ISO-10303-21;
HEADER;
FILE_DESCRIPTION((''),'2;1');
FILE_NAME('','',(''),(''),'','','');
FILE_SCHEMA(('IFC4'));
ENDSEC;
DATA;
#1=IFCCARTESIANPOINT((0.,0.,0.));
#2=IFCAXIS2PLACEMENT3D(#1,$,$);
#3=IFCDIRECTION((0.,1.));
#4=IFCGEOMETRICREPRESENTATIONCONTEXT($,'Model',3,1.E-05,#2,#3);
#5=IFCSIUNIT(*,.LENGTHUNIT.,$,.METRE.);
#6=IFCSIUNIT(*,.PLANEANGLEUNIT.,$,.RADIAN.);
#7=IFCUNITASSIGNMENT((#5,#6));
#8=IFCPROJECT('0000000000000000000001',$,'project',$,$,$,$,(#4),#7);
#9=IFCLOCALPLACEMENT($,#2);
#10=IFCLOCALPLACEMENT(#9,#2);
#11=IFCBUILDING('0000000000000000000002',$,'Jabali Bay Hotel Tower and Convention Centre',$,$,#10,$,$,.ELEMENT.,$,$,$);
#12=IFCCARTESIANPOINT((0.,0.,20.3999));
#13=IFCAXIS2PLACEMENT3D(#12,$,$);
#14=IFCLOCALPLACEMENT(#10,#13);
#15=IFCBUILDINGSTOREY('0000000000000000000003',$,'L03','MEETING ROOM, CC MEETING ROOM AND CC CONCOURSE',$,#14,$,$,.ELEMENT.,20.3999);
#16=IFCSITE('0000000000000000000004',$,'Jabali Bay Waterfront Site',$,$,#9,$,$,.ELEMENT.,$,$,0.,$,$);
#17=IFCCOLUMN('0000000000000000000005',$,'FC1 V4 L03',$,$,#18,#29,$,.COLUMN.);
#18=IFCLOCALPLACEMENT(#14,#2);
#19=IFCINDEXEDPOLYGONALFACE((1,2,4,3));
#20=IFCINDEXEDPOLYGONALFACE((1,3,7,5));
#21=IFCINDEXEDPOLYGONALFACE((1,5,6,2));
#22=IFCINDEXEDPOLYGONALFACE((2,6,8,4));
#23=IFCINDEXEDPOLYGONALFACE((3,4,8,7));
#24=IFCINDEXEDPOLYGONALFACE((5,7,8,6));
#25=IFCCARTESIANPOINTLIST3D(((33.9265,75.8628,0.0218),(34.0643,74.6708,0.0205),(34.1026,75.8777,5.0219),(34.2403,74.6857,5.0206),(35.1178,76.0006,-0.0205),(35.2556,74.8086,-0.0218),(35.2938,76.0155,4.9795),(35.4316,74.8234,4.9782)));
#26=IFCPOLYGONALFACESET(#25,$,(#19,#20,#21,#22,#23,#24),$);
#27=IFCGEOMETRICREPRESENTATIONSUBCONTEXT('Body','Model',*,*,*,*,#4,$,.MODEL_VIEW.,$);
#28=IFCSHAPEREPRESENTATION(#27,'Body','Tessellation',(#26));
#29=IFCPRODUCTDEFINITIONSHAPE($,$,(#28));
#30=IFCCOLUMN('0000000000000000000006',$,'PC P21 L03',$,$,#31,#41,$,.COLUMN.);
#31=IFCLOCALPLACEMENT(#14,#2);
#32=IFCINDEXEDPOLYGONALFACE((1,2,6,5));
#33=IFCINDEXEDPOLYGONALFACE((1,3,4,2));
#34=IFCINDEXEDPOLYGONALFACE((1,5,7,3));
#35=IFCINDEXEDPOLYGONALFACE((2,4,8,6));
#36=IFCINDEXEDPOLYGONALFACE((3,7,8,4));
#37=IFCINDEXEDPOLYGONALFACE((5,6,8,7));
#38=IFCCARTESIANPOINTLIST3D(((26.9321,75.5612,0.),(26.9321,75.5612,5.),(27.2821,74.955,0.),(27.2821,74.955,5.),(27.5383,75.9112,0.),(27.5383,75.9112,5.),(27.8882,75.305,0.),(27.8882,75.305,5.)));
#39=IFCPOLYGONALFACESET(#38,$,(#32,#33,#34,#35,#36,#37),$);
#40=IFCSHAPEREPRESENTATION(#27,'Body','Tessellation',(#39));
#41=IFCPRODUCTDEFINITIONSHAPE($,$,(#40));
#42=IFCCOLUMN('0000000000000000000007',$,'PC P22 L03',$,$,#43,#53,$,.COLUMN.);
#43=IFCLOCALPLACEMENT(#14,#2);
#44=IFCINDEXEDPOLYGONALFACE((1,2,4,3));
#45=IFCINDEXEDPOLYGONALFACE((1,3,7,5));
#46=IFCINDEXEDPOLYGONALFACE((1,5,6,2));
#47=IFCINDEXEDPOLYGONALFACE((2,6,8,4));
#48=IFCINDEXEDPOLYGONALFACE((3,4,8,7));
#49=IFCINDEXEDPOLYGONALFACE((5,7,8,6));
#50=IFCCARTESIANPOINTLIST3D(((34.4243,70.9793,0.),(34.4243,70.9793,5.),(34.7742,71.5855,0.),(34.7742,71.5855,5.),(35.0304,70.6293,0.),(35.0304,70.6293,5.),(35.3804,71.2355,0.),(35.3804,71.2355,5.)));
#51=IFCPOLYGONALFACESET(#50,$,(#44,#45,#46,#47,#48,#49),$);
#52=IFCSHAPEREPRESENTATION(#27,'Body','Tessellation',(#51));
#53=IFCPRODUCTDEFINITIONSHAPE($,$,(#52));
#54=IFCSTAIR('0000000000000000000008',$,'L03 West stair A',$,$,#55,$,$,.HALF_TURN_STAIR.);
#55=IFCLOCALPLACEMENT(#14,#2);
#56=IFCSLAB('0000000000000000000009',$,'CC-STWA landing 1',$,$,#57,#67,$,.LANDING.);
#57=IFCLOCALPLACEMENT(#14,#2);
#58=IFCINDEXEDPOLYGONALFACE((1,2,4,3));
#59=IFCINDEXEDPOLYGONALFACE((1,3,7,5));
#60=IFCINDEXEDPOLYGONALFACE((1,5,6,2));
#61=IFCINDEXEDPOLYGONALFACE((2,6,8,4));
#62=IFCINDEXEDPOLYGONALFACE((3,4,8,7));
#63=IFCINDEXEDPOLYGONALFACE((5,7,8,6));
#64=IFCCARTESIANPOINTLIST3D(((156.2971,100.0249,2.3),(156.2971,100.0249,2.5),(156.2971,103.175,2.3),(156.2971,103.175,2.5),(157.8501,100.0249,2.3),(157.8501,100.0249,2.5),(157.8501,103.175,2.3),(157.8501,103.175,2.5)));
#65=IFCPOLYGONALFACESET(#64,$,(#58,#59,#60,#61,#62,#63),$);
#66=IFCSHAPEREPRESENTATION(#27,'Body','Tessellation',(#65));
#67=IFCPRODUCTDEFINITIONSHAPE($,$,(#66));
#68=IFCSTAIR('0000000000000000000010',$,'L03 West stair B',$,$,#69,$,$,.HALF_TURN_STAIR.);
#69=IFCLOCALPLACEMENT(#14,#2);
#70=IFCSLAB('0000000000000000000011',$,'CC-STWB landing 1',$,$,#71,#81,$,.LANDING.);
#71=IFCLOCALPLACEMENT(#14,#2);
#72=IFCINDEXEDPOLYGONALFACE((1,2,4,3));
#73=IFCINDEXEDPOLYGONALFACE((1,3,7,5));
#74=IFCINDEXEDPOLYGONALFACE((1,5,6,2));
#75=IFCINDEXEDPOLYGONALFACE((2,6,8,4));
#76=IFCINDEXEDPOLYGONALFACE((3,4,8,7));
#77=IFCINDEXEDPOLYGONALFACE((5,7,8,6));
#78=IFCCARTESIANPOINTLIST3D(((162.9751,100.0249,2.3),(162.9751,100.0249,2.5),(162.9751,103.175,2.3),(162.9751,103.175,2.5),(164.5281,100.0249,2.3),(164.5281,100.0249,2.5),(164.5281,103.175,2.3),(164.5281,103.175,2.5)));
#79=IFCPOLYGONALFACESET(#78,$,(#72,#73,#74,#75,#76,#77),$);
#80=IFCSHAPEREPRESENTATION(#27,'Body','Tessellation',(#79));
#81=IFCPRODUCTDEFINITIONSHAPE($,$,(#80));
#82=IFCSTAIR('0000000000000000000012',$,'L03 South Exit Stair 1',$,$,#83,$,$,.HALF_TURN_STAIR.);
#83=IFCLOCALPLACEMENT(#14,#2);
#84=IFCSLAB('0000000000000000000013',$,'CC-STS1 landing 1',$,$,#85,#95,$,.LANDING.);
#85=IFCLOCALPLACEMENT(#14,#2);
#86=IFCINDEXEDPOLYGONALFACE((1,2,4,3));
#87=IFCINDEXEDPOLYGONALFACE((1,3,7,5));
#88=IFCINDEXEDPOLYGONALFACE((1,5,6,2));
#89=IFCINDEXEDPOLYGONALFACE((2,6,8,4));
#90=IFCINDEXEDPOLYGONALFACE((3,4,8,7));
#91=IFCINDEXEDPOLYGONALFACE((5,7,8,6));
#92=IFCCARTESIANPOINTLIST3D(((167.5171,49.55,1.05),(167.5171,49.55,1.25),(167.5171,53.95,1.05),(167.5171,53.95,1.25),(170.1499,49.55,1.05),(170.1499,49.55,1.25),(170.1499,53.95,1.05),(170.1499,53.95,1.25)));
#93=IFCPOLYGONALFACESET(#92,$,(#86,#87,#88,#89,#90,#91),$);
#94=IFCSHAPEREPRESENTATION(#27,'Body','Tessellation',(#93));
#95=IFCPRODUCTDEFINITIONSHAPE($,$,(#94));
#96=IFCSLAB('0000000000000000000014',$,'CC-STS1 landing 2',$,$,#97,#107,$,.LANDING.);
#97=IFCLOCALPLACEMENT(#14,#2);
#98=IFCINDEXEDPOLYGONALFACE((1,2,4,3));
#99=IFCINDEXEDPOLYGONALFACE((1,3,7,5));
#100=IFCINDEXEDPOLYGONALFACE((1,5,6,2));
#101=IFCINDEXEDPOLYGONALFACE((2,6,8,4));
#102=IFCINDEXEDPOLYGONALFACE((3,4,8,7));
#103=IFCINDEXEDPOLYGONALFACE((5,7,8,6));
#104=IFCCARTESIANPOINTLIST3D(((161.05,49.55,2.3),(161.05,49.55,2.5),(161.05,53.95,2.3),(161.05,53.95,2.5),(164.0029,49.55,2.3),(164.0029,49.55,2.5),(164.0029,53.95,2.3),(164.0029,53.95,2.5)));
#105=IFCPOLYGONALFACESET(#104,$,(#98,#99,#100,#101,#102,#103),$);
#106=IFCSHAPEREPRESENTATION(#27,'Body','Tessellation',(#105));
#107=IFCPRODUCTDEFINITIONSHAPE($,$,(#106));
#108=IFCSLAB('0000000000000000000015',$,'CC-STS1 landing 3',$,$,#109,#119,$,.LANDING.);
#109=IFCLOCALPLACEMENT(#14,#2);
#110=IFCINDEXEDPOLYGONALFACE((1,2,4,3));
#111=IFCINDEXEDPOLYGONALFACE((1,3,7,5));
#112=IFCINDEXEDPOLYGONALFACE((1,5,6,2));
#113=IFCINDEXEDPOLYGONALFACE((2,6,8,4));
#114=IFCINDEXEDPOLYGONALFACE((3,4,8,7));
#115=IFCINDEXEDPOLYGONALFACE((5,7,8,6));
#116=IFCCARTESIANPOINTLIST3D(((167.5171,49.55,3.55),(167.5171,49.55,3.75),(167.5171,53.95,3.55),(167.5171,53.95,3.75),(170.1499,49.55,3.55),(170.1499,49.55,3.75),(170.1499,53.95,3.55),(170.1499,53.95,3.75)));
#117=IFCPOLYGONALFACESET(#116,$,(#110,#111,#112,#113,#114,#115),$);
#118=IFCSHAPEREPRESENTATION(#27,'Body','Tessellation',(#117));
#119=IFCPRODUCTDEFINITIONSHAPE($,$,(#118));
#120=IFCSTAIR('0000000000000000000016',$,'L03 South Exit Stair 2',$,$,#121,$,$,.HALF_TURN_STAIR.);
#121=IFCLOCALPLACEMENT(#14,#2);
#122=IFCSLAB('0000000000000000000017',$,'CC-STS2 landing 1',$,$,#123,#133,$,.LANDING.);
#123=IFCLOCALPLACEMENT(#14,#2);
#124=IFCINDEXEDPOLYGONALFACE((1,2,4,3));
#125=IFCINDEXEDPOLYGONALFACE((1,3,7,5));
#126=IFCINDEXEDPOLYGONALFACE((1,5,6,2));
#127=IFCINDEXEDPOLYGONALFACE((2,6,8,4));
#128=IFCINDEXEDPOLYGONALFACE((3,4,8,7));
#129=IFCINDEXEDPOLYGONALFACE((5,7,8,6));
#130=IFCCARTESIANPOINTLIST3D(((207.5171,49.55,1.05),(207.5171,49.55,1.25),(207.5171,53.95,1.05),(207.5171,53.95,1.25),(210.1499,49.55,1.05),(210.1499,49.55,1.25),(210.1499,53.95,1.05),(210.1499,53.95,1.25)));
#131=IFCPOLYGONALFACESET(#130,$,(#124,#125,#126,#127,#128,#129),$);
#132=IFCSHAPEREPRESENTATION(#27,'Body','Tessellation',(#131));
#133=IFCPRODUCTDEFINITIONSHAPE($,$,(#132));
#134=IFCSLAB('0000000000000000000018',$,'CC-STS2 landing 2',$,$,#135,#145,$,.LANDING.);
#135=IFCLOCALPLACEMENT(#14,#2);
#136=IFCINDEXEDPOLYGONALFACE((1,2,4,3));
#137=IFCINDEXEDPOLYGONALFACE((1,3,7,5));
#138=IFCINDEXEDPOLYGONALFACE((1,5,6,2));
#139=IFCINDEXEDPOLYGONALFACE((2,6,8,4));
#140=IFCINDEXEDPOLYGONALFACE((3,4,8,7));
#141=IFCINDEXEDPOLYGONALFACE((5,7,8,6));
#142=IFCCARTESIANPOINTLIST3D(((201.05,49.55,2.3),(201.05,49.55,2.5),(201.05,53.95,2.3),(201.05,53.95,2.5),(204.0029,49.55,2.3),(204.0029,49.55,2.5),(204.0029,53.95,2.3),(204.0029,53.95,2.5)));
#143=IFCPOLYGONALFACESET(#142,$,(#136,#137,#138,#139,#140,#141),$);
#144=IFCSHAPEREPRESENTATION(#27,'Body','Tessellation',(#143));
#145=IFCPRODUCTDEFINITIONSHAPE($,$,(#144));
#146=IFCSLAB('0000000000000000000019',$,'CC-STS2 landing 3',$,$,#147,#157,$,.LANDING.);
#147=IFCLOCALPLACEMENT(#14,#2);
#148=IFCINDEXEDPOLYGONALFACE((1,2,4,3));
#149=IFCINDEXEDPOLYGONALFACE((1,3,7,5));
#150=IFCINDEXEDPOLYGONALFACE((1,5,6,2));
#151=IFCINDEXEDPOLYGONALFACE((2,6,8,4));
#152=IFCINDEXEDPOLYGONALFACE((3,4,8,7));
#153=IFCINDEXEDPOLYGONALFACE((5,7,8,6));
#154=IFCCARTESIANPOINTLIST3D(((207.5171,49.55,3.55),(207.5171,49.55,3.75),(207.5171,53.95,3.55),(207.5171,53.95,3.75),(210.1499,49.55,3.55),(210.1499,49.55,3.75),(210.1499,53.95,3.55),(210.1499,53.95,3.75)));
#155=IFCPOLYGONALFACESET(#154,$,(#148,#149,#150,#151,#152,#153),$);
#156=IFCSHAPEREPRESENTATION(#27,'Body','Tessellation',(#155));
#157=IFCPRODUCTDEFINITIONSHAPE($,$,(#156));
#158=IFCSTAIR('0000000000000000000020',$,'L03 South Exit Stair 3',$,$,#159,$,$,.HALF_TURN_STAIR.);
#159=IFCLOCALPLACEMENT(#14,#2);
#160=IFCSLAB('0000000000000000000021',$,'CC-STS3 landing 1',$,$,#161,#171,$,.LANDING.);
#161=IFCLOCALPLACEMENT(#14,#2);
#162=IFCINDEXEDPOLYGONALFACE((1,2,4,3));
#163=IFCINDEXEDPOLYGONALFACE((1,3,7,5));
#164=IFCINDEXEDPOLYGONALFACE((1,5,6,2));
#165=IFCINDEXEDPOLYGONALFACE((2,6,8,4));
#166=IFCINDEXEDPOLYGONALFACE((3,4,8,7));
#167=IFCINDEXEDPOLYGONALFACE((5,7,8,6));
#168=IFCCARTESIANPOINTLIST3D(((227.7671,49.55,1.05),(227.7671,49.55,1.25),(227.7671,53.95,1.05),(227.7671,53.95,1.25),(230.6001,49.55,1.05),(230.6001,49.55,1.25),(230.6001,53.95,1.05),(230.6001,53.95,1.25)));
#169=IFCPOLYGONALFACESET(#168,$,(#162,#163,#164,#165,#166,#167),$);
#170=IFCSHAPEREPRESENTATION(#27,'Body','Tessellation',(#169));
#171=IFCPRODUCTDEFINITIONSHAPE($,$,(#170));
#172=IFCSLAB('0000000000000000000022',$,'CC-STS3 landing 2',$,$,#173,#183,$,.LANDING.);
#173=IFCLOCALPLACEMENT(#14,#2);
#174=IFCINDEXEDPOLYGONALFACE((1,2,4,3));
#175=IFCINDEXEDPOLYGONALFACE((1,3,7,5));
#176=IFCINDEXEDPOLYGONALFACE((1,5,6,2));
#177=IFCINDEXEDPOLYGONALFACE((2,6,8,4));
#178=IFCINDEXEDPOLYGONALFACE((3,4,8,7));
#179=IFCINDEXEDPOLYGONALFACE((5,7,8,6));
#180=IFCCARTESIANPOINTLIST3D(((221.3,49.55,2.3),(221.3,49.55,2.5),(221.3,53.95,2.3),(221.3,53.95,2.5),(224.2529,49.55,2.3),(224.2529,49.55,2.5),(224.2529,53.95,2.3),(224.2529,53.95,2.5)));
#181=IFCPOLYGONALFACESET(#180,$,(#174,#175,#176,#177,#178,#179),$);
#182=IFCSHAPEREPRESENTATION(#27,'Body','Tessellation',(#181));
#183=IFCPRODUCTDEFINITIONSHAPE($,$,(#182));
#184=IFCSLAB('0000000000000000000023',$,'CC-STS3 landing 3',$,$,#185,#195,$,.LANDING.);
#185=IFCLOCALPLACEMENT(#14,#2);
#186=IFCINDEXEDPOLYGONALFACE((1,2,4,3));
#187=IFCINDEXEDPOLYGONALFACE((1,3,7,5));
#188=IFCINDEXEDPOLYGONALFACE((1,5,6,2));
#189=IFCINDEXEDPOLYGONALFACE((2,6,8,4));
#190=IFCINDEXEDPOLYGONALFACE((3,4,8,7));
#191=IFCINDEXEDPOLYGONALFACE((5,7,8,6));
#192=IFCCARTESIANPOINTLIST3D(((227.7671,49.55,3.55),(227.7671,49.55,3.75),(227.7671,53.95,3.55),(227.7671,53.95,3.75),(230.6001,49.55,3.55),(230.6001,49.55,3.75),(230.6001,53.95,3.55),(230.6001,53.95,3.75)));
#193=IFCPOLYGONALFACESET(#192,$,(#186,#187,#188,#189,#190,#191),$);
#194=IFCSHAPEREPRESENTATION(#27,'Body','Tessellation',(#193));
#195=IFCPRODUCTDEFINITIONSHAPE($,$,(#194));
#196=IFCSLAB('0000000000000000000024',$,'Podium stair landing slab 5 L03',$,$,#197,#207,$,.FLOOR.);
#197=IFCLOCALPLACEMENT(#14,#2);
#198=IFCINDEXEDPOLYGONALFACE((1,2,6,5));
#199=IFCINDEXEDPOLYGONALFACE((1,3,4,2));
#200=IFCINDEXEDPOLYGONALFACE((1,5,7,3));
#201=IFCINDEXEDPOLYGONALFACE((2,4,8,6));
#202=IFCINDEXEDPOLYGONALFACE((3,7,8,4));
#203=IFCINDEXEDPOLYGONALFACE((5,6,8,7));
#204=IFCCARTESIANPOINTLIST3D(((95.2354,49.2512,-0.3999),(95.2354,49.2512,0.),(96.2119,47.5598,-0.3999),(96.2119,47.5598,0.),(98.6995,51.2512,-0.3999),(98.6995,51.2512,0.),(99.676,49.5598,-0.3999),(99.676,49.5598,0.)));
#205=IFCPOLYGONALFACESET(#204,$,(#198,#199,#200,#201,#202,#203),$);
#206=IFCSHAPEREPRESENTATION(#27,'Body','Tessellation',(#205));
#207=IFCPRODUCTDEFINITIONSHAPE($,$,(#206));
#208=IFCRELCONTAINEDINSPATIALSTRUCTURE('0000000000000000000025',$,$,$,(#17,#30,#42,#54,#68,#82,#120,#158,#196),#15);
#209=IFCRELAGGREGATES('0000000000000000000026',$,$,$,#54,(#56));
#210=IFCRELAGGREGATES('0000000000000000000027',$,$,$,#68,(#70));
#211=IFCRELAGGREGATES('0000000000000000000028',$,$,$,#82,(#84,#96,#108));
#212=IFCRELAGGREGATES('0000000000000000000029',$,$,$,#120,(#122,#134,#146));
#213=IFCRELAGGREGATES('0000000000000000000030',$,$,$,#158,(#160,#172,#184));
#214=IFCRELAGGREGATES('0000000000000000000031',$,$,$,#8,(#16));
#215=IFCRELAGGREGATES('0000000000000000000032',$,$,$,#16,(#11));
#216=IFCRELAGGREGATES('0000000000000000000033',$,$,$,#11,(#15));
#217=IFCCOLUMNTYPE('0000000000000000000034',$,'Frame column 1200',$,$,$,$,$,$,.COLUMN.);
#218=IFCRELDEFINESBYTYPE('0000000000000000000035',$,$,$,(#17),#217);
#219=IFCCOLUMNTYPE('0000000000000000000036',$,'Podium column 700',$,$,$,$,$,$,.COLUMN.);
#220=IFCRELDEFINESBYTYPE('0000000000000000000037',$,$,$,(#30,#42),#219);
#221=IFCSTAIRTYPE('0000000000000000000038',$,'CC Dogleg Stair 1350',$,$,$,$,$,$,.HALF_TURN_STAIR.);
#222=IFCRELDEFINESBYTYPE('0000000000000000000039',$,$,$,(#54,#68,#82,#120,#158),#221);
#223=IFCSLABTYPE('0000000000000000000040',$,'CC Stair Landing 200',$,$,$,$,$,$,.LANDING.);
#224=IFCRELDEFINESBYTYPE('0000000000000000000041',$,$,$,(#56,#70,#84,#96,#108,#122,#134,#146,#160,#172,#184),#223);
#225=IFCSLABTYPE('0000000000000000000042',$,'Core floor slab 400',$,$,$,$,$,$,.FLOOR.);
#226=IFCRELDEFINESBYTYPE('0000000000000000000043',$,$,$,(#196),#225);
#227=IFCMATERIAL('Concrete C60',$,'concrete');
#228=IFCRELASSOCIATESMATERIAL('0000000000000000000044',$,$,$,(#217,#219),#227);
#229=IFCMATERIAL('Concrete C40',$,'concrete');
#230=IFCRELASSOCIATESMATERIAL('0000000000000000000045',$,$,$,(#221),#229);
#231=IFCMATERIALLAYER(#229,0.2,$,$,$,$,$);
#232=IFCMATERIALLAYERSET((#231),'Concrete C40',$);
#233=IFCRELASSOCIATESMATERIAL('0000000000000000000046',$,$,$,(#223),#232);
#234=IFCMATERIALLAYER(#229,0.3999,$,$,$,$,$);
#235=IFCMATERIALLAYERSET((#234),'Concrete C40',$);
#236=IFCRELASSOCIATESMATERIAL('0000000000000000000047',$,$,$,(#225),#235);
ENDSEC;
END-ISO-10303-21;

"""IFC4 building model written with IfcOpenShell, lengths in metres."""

from ifc_helpers import new_model, si_unit, direction, frame, origin, origin_2d, place, context, subcontext, project, spatial, polyline, rectangle, outline, extrude, material, layer, layer_set, material_profile, profile_set, type_object, element, aggregate, save


model = new_model("IFC4")

# Units and contexts
model_context = context("Model", 3, precision=1e-05, world=origin(), true_north=direction((0.0, 1.0)))
body_context = subcontext(model_context, "Body", "Model", "MODEL_VIEW")
ifc_project = project(units=[si_unit("LENGTHUNIT", "METRE"), si_unit("PLANEANGLEUNIT", "RADIAN")], contexts=[model_context])

# Site, building, storey
site_placement = place(None, origin())
site = spatial("IfcSite", under=ifc_project, at=site_placement, Name="Jabali Bay Waterfront Site", CompositionType="ELEMENT", RefElevation=0.0)
building_placement = place(site_placement, origin())
building = spatial("IfcBuilding", under=site, at=building_placement, Name="Jabali Bay Hotel Tower and Convention Centre", CompositionType="ELEMENT")
storey_placement = place(building_placement, frame((0.0, 0.0, 20.3999)))
storey = spatial("IfcBuildingStorey", under=building, at=storey_placement, Name="L03", Description="MEETING ROOM, CC MEETING ROOM AND CC CONCOURSE", CompositionType="ELEMENT", Elevation=20.3999)

# Columns
ifc_material_1 = material(Name="Concrete C60", Category="concrete")
ifc_material_profile_1 = material_profile(ifc_material_1, rectangle(XDim=1.2, YDim=1.2, at=origin_2d()), Name="Frame column 1200")
ifc_profile_set_1 = profile_set([ifc_material_profile_1], Name="Concrete C60")
column_type_1 = type_object("IfcColumnType", Name="Frame column 1200", PredefinedType="COLUMN", material=ifc_profile_set_1)
column_placement = place(storey_placement, frame((34.5911, 75.3357, 0.0), z_axis=(0.035183, 0.002977, 0.999376), x_axis=(-0.114822, 0.993386, 0.001083)))
element("IfcColumn", 1, at=column_placement, inside=storey, type_object=column_type_1, Name="FC1 V4 L03", PredefinedType="COLUMN", context=body_context, shape_type="SweptSolid", body=[
    extrude(rectangle(XDim=1.2, YDim=1.2, at=origin_2d()), origin(), (0.0, 0.0, 1.0), 5.0032),
])
ifc_material_profile_2 = material_profile(ifc_material_1, rectangle(XDim=0.7, YDim=0.7, at=origin_2d()), Name="Podium column 700")
ifc_profile_set_2 = profile_set([ifc_material_profile_2], Name="Concrete C60")
column_type_2 = type_object("IfcColumnType", Name="Podium column 700", PredefinedType="COLUMN", material=ifc_profile_set_2)
for number, where, z_axis, x_axis, name in (
    (2, (27.4102, 75.4331, 0.0), (0.0, 0.0, 1.0), (0.866025, 0.5, 0.0), "PC P21 L03"),
    (3, (34.9023, 71.1074, 0.0), (0.0, 0.0, 1.0), (0.5, 0.866025, 0.0), "PC P22 L03"),
):
    element("IfcColumn", number, at=place(storey_placement, frame(where, z_axis=z_axis, x_axis=x_axis)), inside=storey, type_object=column_type_2, Name=name, PredefinedType="COLUMN", context=body_context, shape_type="SweptSolid", body=[
        extrude(rectangle(XDim=0.7, YDim=0.7, at=origin_2d()), origin(), (0.0, 0.0, 1.0), 5.0),
    ])

# Shared definitions
ifc_material_2 = material(Name="Concrete C40", Category="concrete")

# Stairs, slabs
stair_type_1 = type_object("IfcStairType", Name="CC Dogleg Stair 1350", PredefinedType="HALF_TURN_STAIR", material=ifc_material_2)
stair_1_placement = place(storey_placement, origin())
stair_1 = element("IfcStair", 4, at=stair_1_placement, inside=storey, type_object=stair_type_1, Name="L03 West stair A", PredefinedType="HALF_TURN_STAIR")
ifc_layer_1 = layer(ifc_material_2, 0.2)
ifc_layer_set_1 = layer_set([ifc_layer_1], Name="Concrete C40")
slab_type_1 = type_object("IfcSlabType", Name="CC Stair Landing 200", PredefinedType="LANDING", material=ifc_layer_set_1)
slab_1_placement = place(storey_placement, frame((0.0, 0.0, 2.3)))
slab_1 = element("IfcSlab", 5, at=slab_1_placement, type_object=slab_type_1, Name="CC-STWA landing 1", PredefinedType="LANDING", context=body_context, shape_type="SweptSolid", body=[
    extrude(outline(polyline([(156.2971, 100.0249), (157.8501, 100.0249), (157.8501, 103.175), (156.2971, 103.175), (156.2971, 100.0249)])), origin(), (0.0, 0.0, 1.0), 0.2),
])
aggregate(stair_1, [slab_1])
stair_2_placement = place(storey_placement, origin())
stair_2 = element("IfcStair", 6, at=stair_2_placement, inside=storey, type_object=stair_type_1, Name="L03 West stair B", PredefinedType="HALF_TURN_STAIR")
slab_2_placement = place(storey_placement, frame((0.0, 0.0, 2.3)))
slab_2 = element("IfcSlab", 7, at=slab_2_placement, type_object=slab_type_1, Name="CC-STWB landing 1", PredefinedType="LANDING", context=body_context, shape_type="SweptSolid", body=[
    extrude(outline(polyline([(162.9751, 100.0249), (164.5281, 100.0249), (164.5281, 103.175), (162.9751, 103.175), (162.9751, 100.0249)])), origin(), (0.0, 0.0, 1.0), 0.2),
])
aggregate(stair_2, [slab_2])

# Stairs, slabs
stair_3_placement = place(storey_placement, origin())
stair_3 = element("IfcStair", 8, at=stair_3_placement, inside=storey, type_object=stair_type_1, Name="L03 South Exit Stair 1", PredefinedType="HALF_TURN_STAIR")
slab_3_placement = place(storey_placement, frame((0.0, 0.0, 1.05)))
slab_3 = element("IfcSlab", 9, at=slab_3_placement, type_object=slab_type_1, Name="CC-STS1 landing 1", PredefinedType="LANDING", context=body_context, shape_type="SweptSolid", body=[
    extrude(outline(polyline([(167.5171, 49.55), (170.1499, 49.55), (170.1499, 53.95), (167.5171, 53.95), (167.5171, 49.55)])), origin(), (0.0, 0.0, 1.0), 0.2),
])
slab_4_placement = place(storey_placement, frame((0.0, 0.0, 2.3)))
slab_4 = element("IfcSlab", 10, at=slab_4_placement, type_object=slab_type_1, Name="CC-STS1 landing 2", PredefinedType="LANDING", context=body_context, shape_type="SweptSolid", body=[
    extrude(outline(polyline([(161.05, 49.55), (164.0029, 49.55), (164.0029, 53.95), (161.05, 53.95), (161.05, 49.55)])), origin(), (0.0, 0.0, 1.0), 0.2),
])
slab_5_placement = place(storey_placement, frame((0.0, 0.0, 3.55)))
slab_5 = element("IfcSlab", 11, at=slab_5_placement, type_object=slab_type_1, Name="CC-STS1 landing 3", PredefinedType="LANDING", context=body_context, shape_type="SweptSolid", body=[
    extrude(outline(polyline([(167.5171, 49.55), (170.1499, 49.55), (170.1499, 53.95), (167.5171, 53.95), (167.5171, 49.55)])), origin(), (0.0, 0.0, 1.0), 0.2),
])
aggregate(stair_3, [slab_3, slab_4, slab_5])
stair_4_placement = place(storey_placement, origin())
stair_4 = element("IfcStair", 12, at=stair_4_placement, inside=storey, type_object=stair_type_1, Name="L03 South Exit Stair 2", PredefinedType="HALF_TURN_STAIR")
slab_6_placement = place(storey_placement, frame((0.0, 0.0, 1.05)))
slab_6 = element("IfcSlab", 13, at=slab_6_placement, type_object=slab_type_1, Name="CC-STS2 landing 1", PredefinedType="LANDING", context=body_context, shape_type="SweptSolid", body=[
    extrude(outline(polyline([(207.5171, 49.55), (210.1499, 49.55), (210.1499, 53.95), (207.5171, 53.95), (207.5171, 49.55)])), origin(), (0.0, 0.0, 1.0), 0.2),
])
slab_7_placement = place(storey_placement, frame((0.0, 0.0, 2.3)))
slab_7 = element("IfcSlab", 14, at=slab_7_placement, type_object=slab_type_1, Name="CC-STS2 landing 2", PredefinedType="LANDING", context=body_context, shape_type="SweptSolid", body=[
    extrude(outline(polyline([(201.05, 49.55), (204.0029, 49.55), (204.0029, 53.95), (201.05, 53.95), (201.05, 49.55)])), origin(), (0.0, 0.0, 1.0), 0.2),
])
slab_8_placement = place(storey_placement, frame((0.0, 0.0, 3.55)))
slab_8 = element("IfcSlab", 15, at=slab_8_placement, type_object=slab_type_1, Name="CC-STS2 landing 3", PredefinedType="LANDING", context=body_context, shape_type="SweptSolid", body=[
    extrude(outline(polyline([(207.5171, 49.55), (210.1499, 49.55), (210.1499, 53.95), (207.5171, 53.95), (207.5171, 49.55)])), origin(), (0.0, 0.0, 1.0), 0.2),
])
aggregate(stair_4, [slab_6, slab_7, slab_8])
stair_5_placement = place(storey_placement, origin())
stair_5 = element("IfcStair", 16, at=stair_5_placement, inside=storey, type_object=stair_type_1, Name="L03 South Exit Stair 3", PredefinedType="HALF_TURN_STAIR")
slab_9_placement = place(storey_placement, frame((0.0, 0.0, 1.05)))
slab_9 = element("IfcSlab", 17, at=slab_9_placement, type_object=slab_type_1, Name="CC-STS3 landing 1", PredefinedType="LANDING", context=body_context, shape_type="SweptSolid", body=[
    extrude(outline(polyline([(227.7671, 49.55), (230.6001, 49.55), (230.6001, 53.95), (227.7671, 53.95), (227.7671, 49.55)])), origin(), (0.0, 0.0, 1.0), 0.2),
])
slab_10_placement = place(storey_placement, frame((0.0, 0.0, 2.3)))
slab_10 = element("IfcSlab", 18, at=slab_10_placement, type_object=slab_type_1, Name="CC-STS3 landing 2", PredefinedType="LANDING", context=body_context, shape_type="SweptSolid", body=[
    extrude(outline(polyline([(221.3, 49.55), (224.2529, 49.55), (224.2529, 53.95), (221.3, 53.95), (221.3, 49.55)])), origin(), (0.0, 0.0, 1.0), 0.2),
])
slab_11_placement = place(storey_placement, frame((0.0, 0.0, 3.55)))
slab_11 = element("IfcSlab", 19, at=slab_11_placement, type_object=slab_type_1, Name="CC-STS3 landing 3", PredefinedType="LANDING", context=body_context, shape_type="SweptSolid", body=[
    extrude(outline(polyline([(227.7671, 49.55), (230.6001, 49.55), (230.6001, 53.95), (227.7671, 53.95), (227.7671, 49.55)])), origin(), (0.0, 0.0, 1.0), 0.2),
])
aggregate(stair_5, [slab_9, slab_10, slab_11])

# Slab
ifc_layer_2 = layer(ifc_material_2, 0.3999)
ifc_layer_set_2 = layer_set([ifc_layer_2], Name="Concrete C40")
slab_type_2 = type_object("IfcSlabType", Name="Core floor slab 400", PredefinedType="FLOOR", material=ifc_layer_set_2)
slab_12_placement = place(storey_placement, frame((0.0, 0.0, -0.3999)))
element("IfcSlab", 20, at=slab_12_placement, inside=storey, type_object=slab_type_2, Name="Podium stair landing slab 5 L03", PredefinedType="FLOOR", context=body_context, shape_type="SweptSolid", body=[
    extrude(outline(polyline([(99.676, 49.5598), (98.6995, 51.2512), (95.2354, 49.2512), (96.2119, 47.5598), (99.676, 49.5598)])), origin(), (0.0, 0.0, 1.0), 0.3999),
])

save(model, "model.ifc")
